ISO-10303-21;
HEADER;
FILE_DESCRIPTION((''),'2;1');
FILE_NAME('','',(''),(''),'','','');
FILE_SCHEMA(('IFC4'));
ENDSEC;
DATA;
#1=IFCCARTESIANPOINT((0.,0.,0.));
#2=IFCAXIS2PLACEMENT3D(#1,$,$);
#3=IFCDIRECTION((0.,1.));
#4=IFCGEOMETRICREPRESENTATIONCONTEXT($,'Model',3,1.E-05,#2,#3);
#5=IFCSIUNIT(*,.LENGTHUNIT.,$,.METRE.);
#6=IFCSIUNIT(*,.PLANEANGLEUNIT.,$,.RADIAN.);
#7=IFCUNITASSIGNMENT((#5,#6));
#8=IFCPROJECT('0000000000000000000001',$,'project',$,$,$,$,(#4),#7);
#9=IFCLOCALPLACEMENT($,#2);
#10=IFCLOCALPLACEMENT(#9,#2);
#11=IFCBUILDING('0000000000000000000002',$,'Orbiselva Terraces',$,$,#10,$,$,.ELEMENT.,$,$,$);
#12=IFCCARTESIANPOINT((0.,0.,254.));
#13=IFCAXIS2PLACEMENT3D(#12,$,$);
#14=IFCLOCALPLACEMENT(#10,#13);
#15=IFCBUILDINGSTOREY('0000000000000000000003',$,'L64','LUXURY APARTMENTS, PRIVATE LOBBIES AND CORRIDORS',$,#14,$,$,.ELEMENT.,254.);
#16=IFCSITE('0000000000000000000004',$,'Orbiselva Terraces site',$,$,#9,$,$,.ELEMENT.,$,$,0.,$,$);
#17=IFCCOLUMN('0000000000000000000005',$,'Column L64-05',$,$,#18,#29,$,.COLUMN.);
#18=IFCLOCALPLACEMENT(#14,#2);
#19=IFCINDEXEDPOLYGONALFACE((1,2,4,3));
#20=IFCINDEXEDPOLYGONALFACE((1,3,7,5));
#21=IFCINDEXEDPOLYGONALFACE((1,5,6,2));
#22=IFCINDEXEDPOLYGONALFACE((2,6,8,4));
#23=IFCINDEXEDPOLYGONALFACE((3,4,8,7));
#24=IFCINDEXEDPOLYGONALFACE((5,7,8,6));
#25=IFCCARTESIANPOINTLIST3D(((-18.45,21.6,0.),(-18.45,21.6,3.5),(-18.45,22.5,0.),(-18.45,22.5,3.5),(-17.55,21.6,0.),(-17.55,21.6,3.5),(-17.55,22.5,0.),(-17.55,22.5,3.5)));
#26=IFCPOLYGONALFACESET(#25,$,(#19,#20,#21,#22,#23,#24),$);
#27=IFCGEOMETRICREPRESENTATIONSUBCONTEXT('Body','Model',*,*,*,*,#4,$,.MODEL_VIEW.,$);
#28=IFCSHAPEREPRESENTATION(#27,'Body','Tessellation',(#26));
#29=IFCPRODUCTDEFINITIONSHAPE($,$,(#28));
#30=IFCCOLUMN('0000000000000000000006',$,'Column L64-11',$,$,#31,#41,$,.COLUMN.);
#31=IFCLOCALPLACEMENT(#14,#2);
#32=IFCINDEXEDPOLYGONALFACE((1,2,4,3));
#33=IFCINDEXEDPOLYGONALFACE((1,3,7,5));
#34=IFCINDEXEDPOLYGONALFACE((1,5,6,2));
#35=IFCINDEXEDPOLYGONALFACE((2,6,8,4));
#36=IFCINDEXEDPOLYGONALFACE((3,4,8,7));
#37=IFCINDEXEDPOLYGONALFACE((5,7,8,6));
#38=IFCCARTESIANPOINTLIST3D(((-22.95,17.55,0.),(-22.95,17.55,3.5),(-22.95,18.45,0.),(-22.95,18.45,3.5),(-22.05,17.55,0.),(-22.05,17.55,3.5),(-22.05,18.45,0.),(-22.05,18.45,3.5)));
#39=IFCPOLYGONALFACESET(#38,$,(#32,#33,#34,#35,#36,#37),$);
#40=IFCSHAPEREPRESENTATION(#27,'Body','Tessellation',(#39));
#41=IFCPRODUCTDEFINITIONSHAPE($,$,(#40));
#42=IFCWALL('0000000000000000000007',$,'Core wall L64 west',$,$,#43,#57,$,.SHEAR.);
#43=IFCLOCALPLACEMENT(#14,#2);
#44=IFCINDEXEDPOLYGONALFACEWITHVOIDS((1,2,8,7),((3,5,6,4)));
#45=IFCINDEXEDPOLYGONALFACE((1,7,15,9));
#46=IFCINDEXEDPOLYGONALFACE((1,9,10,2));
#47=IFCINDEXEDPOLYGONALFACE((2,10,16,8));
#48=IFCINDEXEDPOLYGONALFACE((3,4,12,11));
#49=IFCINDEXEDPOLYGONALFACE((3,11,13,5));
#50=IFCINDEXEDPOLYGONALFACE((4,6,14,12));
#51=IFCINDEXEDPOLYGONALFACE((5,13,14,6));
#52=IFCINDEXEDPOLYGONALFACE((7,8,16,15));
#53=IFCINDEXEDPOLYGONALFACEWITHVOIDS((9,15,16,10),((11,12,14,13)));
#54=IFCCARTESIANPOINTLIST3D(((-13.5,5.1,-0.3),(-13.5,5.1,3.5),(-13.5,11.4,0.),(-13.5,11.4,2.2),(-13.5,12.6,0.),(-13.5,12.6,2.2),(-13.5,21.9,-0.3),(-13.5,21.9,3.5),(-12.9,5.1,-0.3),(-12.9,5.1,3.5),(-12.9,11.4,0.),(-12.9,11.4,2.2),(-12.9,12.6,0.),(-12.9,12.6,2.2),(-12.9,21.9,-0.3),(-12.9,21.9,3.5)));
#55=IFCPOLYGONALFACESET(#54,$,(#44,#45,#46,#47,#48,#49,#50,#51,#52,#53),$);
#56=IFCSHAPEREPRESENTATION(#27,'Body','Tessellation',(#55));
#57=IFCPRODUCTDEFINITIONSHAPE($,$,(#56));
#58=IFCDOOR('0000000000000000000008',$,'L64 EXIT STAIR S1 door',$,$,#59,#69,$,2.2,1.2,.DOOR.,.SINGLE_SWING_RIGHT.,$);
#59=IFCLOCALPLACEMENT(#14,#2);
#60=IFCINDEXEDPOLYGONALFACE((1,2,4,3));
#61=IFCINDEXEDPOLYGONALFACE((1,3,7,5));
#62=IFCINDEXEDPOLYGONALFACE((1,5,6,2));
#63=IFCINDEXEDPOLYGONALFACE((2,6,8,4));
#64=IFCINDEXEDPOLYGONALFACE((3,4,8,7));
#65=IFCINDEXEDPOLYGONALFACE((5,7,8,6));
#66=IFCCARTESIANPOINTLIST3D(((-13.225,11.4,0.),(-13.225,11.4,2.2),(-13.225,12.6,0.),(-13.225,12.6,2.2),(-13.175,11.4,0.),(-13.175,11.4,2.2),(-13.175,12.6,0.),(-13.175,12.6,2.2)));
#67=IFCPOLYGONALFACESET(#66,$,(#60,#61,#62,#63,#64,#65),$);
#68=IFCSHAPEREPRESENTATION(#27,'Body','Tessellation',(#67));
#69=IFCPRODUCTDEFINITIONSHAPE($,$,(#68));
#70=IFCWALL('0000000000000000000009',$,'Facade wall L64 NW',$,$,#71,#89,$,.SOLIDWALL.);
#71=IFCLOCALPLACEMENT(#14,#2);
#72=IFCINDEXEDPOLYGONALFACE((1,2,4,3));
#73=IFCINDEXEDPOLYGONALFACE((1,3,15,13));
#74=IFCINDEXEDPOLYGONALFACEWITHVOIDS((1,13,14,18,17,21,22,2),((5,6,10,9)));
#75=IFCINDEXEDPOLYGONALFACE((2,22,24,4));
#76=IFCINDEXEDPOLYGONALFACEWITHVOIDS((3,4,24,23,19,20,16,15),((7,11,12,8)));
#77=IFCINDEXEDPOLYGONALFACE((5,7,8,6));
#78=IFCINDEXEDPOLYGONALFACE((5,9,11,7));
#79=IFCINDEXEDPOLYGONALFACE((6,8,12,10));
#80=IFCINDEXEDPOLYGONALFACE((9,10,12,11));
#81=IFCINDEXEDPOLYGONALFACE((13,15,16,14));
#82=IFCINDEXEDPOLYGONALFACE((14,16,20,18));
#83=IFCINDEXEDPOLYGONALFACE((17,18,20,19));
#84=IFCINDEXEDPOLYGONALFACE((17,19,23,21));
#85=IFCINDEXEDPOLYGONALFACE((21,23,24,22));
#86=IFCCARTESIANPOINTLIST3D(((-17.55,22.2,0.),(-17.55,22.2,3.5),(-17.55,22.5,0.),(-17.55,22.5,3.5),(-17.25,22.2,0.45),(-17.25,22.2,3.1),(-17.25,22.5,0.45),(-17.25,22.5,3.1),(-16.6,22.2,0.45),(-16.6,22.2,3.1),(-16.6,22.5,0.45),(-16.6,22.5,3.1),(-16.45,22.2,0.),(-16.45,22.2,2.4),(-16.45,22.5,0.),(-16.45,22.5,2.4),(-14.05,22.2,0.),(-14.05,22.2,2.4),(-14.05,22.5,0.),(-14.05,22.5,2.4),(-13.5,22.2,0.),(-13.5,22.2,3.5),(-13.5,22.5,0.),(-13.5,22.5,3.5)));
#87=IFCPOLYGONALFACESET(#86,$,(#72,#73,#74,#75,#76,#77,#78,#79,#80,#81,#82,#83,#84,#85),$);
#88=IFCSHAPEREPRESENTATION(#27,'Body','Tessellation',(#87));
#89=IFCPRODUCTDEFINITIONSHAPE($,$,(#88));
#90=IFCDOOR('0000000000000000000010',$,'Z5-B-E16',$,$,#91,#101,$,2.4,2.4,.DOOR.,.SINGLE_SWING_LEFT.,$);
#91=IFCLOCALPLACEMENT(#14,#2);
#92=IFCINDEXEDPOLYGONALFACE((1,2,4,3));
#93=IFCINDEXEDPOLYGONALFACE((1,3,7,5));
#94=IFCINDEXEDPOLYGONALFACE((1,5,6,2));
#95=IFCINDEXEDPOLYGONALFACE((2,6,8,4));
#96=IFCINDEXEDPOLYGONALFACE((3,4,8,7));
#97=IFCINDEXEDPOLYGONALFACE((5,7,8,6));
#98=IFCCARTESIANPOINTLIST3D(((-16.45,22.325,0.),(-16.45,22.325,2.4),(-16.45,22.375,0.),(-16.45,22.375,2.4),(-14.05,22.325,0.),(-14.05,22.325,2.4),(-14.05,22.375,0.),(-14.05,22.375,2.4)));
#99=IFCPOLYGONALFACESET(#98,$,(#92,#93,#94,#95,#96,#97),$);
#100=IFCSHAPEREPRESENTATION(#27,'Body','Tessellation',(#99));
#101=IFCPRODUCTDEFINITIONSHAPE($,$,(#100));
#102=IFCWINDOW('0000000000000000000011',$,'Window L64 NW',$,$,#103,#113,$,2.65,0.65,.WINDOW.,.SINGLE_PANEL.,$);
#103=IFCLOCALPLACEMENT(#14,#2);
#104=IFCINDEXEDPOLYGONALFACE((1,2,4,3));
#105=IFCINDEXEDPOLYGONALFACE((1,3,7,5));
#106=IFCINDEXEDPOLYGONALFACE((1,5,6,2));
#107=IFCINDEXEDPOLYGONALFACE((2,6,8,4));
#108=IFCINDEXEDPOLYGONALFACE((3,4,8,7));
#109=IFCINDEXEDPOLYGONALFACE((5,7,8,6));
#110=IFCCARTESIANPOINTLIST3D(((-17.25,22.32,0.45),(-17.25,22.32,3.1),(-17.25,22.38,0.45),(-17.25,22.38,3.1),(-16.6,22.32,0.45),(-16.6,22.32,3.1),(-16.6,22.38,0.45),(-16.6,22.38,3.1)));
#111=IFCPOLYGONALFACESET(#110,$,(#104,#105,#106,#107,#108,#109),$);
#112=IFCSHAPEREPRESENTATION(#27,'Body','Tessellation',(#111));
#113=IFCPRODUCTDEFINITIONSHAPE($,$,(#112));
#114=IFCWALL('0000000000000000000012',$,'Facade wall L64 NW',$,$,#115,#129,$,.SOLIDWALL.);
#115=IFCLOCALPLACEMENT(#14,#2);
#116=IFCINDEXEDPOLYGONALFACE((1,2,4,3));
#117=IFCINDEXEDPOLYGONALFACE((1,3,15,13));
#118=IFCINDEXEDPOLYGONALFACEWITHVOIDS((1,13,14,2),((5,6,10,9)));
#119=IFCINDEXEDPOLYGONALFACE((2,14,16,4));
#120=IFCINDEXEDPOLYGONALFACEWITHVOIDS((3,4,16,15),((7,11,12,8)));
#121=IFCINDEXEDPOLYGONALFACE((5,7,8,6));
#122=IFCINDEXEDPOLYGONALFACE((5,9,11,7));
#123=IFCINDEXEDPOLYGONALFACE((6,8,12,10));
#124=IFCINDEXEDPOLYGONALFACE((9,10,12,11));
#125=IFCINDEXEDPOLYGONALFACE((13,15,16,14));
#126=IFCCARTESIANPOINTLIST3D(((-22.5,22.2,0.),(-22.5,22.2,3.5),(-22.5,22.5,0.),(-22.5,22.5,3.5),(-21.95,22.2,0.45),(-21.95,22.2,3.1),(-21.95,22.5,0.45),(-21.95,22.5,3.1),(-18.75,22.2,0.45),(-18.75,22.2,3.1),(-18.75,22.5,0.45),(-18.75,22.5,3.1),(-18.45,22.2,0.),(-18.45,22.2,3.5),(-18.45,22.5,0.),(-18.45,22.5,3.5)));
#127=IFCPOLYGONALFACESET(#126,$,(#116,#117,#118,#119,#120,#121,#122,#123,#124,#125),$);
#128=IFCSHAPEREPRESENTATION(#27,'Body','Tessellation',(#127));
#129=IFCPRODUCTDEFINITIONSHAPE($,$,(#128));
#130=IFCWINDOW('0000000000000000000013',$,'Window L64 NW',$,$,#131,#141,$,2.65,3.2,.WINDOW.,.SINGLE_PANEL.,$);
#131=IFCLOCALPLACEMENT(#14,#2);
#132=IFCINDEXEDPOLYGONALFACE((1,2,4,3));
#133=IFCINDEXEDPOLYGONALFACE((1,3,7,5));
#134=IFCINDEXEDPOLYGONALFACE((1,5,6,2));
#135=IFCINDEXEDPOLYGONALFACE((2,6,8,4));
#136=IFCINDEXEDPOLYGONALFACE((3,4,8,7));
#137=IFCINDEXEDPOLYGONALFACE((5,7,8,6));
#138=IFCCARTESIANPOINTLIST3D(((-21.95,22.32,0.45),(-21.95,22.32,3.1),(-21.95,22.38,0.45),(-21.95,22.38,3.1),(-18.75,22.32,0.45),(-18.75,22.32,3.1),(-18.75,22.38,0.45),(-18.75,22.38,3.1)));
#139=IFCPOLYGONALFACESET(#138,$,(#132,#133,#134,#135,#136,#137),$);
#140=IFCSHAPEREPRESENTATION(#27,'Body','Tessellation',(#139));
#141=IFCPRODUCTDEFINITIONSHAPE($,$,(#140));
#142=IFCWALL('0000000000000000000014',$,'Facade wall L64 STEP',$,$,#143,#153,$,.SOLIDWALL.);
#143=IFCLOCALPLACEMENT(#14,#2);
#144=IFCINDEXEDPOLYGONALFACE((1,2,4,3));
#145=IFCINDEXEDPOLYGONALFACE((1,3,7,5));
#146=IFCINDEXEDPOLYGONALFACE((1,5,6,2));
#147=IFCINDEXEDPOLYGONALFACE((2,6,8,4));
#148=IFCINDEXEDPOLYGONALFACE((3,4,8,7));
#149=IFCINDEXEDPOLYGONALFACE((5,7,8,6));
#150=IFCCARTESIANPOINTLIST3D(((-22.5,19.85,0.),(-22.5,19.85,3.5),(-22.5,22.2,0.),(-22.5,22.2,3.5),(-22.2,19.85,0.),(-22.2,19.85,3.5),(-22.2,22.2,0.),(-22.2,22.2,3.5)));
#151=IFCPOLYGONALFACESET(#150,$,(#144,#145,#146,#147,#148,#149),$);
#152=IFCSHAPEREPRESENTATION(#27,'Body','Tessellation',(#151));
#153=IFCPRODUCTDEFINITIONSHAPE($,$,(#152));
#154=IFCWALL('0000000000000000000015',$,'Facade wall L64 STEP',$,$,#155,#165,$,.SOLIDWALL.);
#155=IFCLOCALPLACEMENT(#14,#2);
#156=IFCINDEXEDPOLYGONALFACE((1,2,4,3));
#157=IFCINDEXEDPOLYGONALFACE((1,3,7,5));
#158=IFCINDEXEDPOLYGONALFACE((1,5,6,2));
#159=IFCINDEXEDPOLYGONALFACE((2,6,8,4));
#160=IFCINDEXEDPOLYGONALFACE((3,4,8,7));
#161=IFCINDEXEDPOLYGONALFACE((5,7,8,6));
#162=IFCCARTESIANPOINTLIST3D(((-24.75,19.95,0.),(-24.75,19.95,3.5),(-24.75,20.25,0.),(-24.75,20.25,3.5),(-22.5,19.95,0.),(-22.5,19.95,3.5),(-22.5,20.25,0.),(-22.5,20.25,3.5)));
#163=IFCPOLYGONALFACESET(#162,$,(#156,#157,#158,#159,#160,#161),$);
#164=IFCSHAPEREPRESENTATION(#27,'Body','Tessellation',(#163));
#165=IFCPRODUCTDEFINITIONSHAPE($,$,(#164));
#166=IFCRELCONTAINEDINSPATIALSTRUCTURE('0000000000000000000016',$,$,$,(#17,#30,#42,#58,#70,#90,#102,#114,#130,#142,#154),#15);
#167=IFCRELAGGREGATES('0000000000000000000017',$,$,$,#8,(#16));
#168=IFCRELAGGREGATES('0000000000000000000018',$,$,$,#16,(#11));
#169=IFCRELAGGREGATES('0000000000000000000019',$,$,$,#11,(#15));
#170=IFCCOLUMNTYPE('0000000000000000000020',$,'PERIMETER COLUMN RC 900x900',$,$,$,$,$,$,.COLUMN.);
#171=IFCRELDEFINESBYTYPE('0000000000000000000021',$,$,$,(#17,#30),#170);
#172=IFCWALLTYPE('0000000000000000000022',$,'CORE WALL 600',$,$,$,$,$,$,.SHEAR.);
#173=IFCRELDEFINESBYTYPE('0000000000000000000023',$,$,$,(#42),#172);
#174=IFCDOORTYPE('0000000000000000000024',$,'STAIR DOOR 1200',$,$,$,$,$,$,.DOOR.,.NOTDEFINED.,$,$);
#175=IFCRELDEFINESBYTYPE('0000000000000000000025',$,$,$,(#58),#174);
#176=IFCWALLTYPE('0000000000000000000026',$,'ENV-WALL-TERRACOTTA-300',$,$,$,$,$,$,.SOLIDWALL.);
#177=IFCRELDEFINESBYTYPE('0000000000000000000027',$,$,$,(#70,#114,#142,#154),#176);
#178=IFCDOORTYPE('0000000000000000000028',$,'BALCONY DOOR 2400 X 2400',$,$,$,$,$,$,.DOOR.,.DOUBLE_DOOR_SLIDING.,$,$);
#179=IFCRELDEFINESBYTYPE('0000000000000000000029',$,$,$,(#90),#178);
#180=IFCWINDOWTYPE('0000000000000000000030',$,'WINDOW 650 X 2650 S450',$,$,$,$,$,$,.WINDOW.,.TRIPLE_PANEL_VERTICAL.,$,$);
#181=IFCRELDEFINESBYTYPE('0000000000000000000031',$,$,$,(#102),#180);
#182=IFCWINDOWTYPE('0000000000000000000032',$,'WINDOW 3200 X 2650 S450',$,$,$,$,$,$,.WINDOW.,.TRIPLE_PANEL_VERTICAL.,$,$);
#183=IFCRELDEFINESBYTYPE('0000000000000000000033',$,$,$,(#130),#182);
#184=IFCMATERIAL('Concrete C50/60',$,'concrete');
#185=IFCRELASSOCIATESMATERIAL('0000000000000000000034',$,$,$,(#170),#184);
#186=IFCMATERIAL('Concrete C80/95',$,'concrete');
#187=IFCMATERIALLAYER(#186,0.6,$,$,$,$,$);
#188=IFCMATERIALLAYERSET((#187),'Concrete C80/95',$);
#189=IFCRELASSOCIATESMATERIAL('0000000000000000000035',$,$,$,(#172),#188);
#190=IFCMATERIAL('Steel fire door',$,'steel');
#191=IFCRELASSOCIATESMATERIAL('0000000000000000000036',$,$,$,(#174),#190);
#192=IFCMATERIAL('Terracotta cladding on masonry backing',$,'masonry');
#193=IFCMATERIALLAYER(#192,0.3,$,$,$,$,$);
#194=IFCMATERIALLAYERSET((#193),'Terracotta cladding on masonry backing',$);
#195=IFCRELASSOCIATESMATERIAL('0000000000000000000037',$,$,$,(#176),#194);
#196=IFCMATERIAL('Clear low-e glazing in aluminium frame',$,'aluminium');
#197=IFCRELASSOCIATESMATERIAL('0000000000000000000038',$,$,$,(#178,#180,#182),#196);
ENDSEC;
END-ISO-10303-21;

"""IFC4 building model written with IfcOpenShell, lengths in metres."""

from ifc_helpers import new_model, si_unit, direction, frame, frame_2d, origin, origin_2d, place, context, subcontext, project, spatial, rectangle, extrude, material, layer, layer_set, material_profile, profile_set, type_object, element, fill, save


model = new_model("IFC4")

# Units and contexts
model_context = context("Model", 3, precision=1e-05, world=origin(), true_north=direction((0.0, 1.0)))
body_context = subcontext(model_context, "Body", "Model", "MODEL_VIEW")
ifc_project = project(units=[si_unit("LENGTHUNIT", "METRE"), si_unit("PLANEANGLEUNIT", "RADIAN")], contexts=[model_context])

# Site, building, storey
site_placement = place(None, origin())
site = spatial("IfcSite", under=ifc_project, at=site_placement, Name="Orbiselva Terraces site", CompositionType="ELEMENT", RefElevation=0.0)
building_placement = place(site_placement, origin())
building = spatial("IfcBuilding", under=site, at=building_placement, Name="Orbiselva Terraces", CompositionType="ELEMENT")
storey_placement = place(building_placement, frame((0.0, 0.0, 254.0)))
storey = spatial("IfcBuildingStorey", under=building, at=storey_placement, Name="L64", Description="LUXURY APARTMENTS, PRIVATE LOBBIES AND CORRIDORS", CompositionType="ELEMENT", Elevation=254.0)

# Columns
ifc_material_1 = material(Name="Concrete C50/60", Category="concrete")
ifc_material_profile = material_profile(ifc_material_1, rectangle(XDim=0.9, YDim=0.9, at=origin_2d()), Name="RC 900x900")
ifc_profile_set = profile_set([ifc_material_profile], Name="Concrete C50/60")
column_type = type_object("IfcColumnType", Name="PERIMETER COLUMN RC 900x900", PredefinedType="COLUMN", material=ifc_profile_set)
for number, where, z_axis, x_axis, name in (
    (1, (-18.0, 22.05, 0.0), (0.0, 0.0, 1.0), (1.0, 0.0, 0.0), "Column L64-05"),
    (2, (-22.5, 18.0, 0.0), (0.0, 0.0, 1.0), (1.0, 0.0, 0.0), "Column L64-11"),
):
    element("IfcColumn", number, at=place(storey_placement, frame(where, z_axis=z_axis, x_axis=x_axis)), inside=storey, type_object=column_type, Name=name, PredefinedType="COLUMN", context=body_context, shape_type="SweptSolid", body=[
        extrude(rectangle(XDim=0.9, YDim=0.9, at=origin_2d()), origin(), (0.0, 0.0, 1.0), 3.5),
    ])

# Wall, opening, door
ifc_material_2 = material(Name="Concrete C80/95", Category="concrete")
ifc_layer_1 = layer(ifc_material_2, 0.6)
ifc_layer_set_1 = layer_set([ifc_layer_1], Name="Concrete C80/95")
wall_type_1 = type_object("IfcWallType", Name="CORE WALL 600", PredefinedType="SHEAR", material=ifc_layer_set_1)
wall_1_placement = place(storey_placement, frame((-13.2, 21.9, -0.3), z_axis=(0.0, 0.0, 1.0), x_axis=(0.0, -1.0, 0.0)))
wall_1 = element("IfcWall", 3, at=wall_1_placement, inside=storey, type_object=wall_type_1, Name="Core wall L64 west", PredefinedType="SHEAR", context=body_context, shape_type="SweptSolid", body=[
    extrude(rectangle(XDim=16.8, YDim=0.6, at=frame_2d((8.4, 0.0))), origin(), (0.0, 0.0, 1.0), 3.8),
])
opening_1_placement = place(wall_1_placement, frame((9.3, 0.0, 0.3)))
opening_1 = element("IfcOpeningElement", 4, at=opening_1_placement, cuts=wall_1, PredefinedType="OPENING", context=body_context, shape_type="SweptSolid", body=[
    extrude(rectangle(XDim=1.2, YDim=2.2, at=frame_2d((0.6, 1.1))), frame((0.0, 0.31, 0.0), z_axis=(0.0, -1.0, 0.0), x_axis=(1.0, 0.0, 0.0)), (0.0, 0.0, 1.0), 0.62),
])
ifc_material_3 = material(Name="Steel fire door", Category="steel")
door_type_1 = type_object("IfcDoorType", Name="STAIR DOOR 1200", OperationType="NOTDEFINED", PredefinedType="DOOR", material=ifc_material_3)
door_1_placement = place(opening_1_placement, frame((1.2, 0.0, 0.0), z_axis=(0.0, 0.0, 1.0), x_axis=(-1.0, 0.0, 0.0)))
door_1 = element("IfcDoor", 5, at=door_1_placement, inside=storey, type_object=door_type_1, Name="L64 EXIT STAIR S1 door", OperationType="SINGLE_SWING_RIGHT", OverallHeight=2.2, OverallWidth=1.2, PredefinedType="DOOR", context=body_context, shape_type="SweptSolid", body=[
    extrude(rectangle(XDim=1.2, YDim=2.2, at=frame_2d((0.6, 1.1))), frame((0.0, 0.025, 0.0), z_axis=(0.0, -1.0, 0.0), x_axis=(1.0, 0.0, 0.0)), (0.0, 0.0, 1.0), 0.05),
])
fill(opening_1, door_1)

# Wall, openings, door, window
ifc_material_4 = material(Name="Terracotta cladding on masonry backing", Category="masonry")
ifc_layer_2 = layer(ifc_material_4, 0.3)
ifc_layer_set_2 = layer_set([ifc_layer_2], Name="Terracotta cladding on masonry backing")
wall_type_2 = type_object("IfcWallType", Name="ENV-WALL-TERRACOTTA-300", PredefinedType="SOLIDWALL", material=ifc_layer_set_2)
wall_2_placement = place(storey_placement, frame((-17.55, 22.35, 0.0), z_axis=(0.0, 0.0, 1.0), x_axis=(1.0, 0.0, 0.0)))
wall_2 = element("IfcWall", 6, at=wall_2_placement, inside=storey, type_object=wall_type_2, Name="Facade wall L64 NW", PredefinedType="SOLIDWALL", context=body_context, shape_type="SweptSolid", body=[
    extrude(rectangle(XDim=4.05, YDim=0.3, at=frame_2d((2.025, 0.0))), origin(), (0.0, 0.0, 1.0), 3.5),
])
opening_2_placement = place(wall_2_placement, frame((1.1, 0.0, 0.0)))
opening_2 = element("IfcOpeningElement", 7, at=opening_2_placement, cuts=wall_2, PredefinedType="OPENING", context=body_context, shape_type="SweptSolid", body=[
    extrude(rectangle(XDim=2.4, YDim=2.4, at=frame_2d((1.2, 1.2))), frame((0.0, 0.16, 0.0), z_axis=(0.0, -1.0, 0.0), x_axis=(1.0, 0.0, 0.0)), (0.0, 0.0, 1.0), 0.32),
])
opening_3_placement = place(wall_2_placement, frame((0.3, 0.0, 0.45)))
opening_3 = element("IfcOpeningElement", 8, at=opening_3_placement, cuts=wall_2, PredefinedType="OPENING", context=body_context, shape_type="SweptSolid", body=[
    extrude(rectangle(XDim=0.65, YDim=2.65, at=frame_2d((0.325, 1.325))), frame((0.0, 0.16, 0.0), z_axis=(0.0, -1.0, 0.0), x_axis=(1.0, 0.0, 0.0)), (0.0, 0.0, 1.0), 0.32),
])
ifc_material_5 = material(Name="Clear low-e glazing in aluminium frame", Category="aluminium")
door_type_2 = type_object("IfcDoorType", Name="BALCONY DOOR 2400 X 2400", OperationType="DOUBLE_DOOR_SLIDING", PredefinedType="DOOR", material=ifc_material_5)
door_2_placement = place(opening_2_placement, origin())
door_2 = element("IfcDoor", 9, at=door_2_placement, inside=storey, type_object=door_type_2, Name="Z5-B-E16", OperationType="SINGLE_SWING_LEFT", OverallHeight=2.4, OverallWidth=2.4, PredefinedType="DOOR", context=body_context, shape_type="SweptSolid", body=[
    extrude(rectangle(XDim=2.4, YDim=2.4, at=frame_2d((1.2, 1.2))), frame((0.0, 0.025, 0.0), z_axis=(0.0, -1.0, 0.0), x_axis=(1.0, 0.0, 0.0)), (0.0, 0.0, 1.0), 0.05),
])
fill(opening_2, door_2)
window_type_1 = type_object("IfcWindowType", Name="WINDOW 650 X 2650 S450", PartitioningType="TRIPLE_PANEL_VERTICAL", PredefinedType="WINDOW", material=ifc_material_5)
window_1_placement = place(opening_3_placement, origin())
window_1 = element("IfcWindow", 10, at=window_1_placement, inside=storey, type_object=window_type_1, Name="Window L64 NW", OverallHeight=2.65, OverallWidth=0.65, PartitioningType="SINGLE_PANEL", PredefinedType="WINDOW", context=body_context, shape_type="SweptSolid", body=[
    extrude(rectangle(XDim=0.65, YDim=2.65, at=frame_2d((0.325, 1.325))), frame((0.0, 0.03, 0.0), z_axis=(0.0, -1.0, 0.0), x_axis=(1.0, 0.0, 0.0)), (0.0, 0.0, 1.0), 0.06),
])
fill(opening_3, window_1)

# Wall, opening, window
wall_3_placement = place(storey_placement, frame((-22.5, 22.35, 0.0), z_axis=(0.0, 0.0, 1.0), x_axis=(1.0, 0.0, 0.0)))
wall_3 = element("IfcWall", 11, at=wall_3_placement, inside=storey, type_object=wall_type_2, Name="Facade wall L64 NW", PredefinedType="SOLIDWALL", context=body_context, shape_type="SweptSolid", body=[
    extrude(rectangle(XDim=4.05, YDim=0.3, at=frame_2d((2.025, 0.0))), origin(), (0.0, 0.0, 1.0), 3.5),
])
opening_4_placement = place(wall_3_placement, frame((0.55, 0.0, 0.45)))
opening_4 = element("IfcOpeningElement", 12, at=opening_4_placement, cuts=wall_3, PredefinedType="OPENING", context=body_context, shape_type="SweptSolid", body=[
    extrude(rectangle(XDim=3.2, YDim=2.65, at=frame_2d((1.6, 1.325))), frame((0.0, 0.16, 0.0), z_axis=(0.0, -1.0, 0.0), x_axis=(1.0, 0.0, 0.0)), (0.0, 0.0, 1.0), 0.32),
])
window_type_2 = type_object("IfcWindowType", Name="WINDOW 3200 X 2650 S450", PartitioningType="TRIPLE_PANEL_VERTICAL", PredefinedType="WINDOW", material=ifc_material_5)
window_2_placement = place(opening_4_placement, origin())
window_2 = element("IfcWindow", 13, at=window_2_placement, inside=storey, type_object=window_type_2, Name="Window L64 NW", OverallHeight=2.65, OverallWidth=3.2, PartitioningType="SINGLE_PANEL", PredefinedType="WINDOW", context=body_context, shape_type="SweptSolid", body=[
    extrude(rectangle(XDim=3.2, YDim=2.65, at=frame_2d((1.6, 1.325))), frame((0.0, 0.03, 0.0), z_axis=(0.0, -1.0, 0.0), x_axis=(1.0, 0.0, 0.0)), (0.0, 0.0, 1.0), 0.06),
])
fill(opening_4, window_2)

# Walls
wall_4_placement = place(storey_placement, frame((-22.35, 19.85, 0.0), z_axis=(0.0, 0.0, 1.0), x_axis=(0.0, 1.0, 0.0)))
element("IfcWall", 14, at=wall_4_placement, inside=storey, type_object=wall_type_2, Name="Facade wall L64 STEP", PredefinedType="SOLIDWALL", context=body_context, shape_type="SweptSolid", body=[
    extrude(rectangle(XDim=2.35, YDim=0.3, at=frame_2d((1.175, 0.0))), origin(), (0.0, 0.0, 1.0), 3.5),
])
wall_5_placement = place(storey_placement, frame((-24.75, 20.1, 0.0), z_axis=(0.0, 0.0, 1.0), x_axis=(1.0, 0.0, 0.0)))
element("IfcWall", 15, at=wall_5_placement, inside=storey, type_object=wall_type_2, Name="Facade wall L64 STEP", PredefinedType="SOLIDWALL", context=body_context, shape_type="SweptSolid", body=[
    extrude(rectangle(XDim=2.25, YDim=0.3, at=frame_2d((1.125, 0.0))), origin(), (0.0, 0.0, 1.0), 3.5),
])

save(model, "model.ifc")
